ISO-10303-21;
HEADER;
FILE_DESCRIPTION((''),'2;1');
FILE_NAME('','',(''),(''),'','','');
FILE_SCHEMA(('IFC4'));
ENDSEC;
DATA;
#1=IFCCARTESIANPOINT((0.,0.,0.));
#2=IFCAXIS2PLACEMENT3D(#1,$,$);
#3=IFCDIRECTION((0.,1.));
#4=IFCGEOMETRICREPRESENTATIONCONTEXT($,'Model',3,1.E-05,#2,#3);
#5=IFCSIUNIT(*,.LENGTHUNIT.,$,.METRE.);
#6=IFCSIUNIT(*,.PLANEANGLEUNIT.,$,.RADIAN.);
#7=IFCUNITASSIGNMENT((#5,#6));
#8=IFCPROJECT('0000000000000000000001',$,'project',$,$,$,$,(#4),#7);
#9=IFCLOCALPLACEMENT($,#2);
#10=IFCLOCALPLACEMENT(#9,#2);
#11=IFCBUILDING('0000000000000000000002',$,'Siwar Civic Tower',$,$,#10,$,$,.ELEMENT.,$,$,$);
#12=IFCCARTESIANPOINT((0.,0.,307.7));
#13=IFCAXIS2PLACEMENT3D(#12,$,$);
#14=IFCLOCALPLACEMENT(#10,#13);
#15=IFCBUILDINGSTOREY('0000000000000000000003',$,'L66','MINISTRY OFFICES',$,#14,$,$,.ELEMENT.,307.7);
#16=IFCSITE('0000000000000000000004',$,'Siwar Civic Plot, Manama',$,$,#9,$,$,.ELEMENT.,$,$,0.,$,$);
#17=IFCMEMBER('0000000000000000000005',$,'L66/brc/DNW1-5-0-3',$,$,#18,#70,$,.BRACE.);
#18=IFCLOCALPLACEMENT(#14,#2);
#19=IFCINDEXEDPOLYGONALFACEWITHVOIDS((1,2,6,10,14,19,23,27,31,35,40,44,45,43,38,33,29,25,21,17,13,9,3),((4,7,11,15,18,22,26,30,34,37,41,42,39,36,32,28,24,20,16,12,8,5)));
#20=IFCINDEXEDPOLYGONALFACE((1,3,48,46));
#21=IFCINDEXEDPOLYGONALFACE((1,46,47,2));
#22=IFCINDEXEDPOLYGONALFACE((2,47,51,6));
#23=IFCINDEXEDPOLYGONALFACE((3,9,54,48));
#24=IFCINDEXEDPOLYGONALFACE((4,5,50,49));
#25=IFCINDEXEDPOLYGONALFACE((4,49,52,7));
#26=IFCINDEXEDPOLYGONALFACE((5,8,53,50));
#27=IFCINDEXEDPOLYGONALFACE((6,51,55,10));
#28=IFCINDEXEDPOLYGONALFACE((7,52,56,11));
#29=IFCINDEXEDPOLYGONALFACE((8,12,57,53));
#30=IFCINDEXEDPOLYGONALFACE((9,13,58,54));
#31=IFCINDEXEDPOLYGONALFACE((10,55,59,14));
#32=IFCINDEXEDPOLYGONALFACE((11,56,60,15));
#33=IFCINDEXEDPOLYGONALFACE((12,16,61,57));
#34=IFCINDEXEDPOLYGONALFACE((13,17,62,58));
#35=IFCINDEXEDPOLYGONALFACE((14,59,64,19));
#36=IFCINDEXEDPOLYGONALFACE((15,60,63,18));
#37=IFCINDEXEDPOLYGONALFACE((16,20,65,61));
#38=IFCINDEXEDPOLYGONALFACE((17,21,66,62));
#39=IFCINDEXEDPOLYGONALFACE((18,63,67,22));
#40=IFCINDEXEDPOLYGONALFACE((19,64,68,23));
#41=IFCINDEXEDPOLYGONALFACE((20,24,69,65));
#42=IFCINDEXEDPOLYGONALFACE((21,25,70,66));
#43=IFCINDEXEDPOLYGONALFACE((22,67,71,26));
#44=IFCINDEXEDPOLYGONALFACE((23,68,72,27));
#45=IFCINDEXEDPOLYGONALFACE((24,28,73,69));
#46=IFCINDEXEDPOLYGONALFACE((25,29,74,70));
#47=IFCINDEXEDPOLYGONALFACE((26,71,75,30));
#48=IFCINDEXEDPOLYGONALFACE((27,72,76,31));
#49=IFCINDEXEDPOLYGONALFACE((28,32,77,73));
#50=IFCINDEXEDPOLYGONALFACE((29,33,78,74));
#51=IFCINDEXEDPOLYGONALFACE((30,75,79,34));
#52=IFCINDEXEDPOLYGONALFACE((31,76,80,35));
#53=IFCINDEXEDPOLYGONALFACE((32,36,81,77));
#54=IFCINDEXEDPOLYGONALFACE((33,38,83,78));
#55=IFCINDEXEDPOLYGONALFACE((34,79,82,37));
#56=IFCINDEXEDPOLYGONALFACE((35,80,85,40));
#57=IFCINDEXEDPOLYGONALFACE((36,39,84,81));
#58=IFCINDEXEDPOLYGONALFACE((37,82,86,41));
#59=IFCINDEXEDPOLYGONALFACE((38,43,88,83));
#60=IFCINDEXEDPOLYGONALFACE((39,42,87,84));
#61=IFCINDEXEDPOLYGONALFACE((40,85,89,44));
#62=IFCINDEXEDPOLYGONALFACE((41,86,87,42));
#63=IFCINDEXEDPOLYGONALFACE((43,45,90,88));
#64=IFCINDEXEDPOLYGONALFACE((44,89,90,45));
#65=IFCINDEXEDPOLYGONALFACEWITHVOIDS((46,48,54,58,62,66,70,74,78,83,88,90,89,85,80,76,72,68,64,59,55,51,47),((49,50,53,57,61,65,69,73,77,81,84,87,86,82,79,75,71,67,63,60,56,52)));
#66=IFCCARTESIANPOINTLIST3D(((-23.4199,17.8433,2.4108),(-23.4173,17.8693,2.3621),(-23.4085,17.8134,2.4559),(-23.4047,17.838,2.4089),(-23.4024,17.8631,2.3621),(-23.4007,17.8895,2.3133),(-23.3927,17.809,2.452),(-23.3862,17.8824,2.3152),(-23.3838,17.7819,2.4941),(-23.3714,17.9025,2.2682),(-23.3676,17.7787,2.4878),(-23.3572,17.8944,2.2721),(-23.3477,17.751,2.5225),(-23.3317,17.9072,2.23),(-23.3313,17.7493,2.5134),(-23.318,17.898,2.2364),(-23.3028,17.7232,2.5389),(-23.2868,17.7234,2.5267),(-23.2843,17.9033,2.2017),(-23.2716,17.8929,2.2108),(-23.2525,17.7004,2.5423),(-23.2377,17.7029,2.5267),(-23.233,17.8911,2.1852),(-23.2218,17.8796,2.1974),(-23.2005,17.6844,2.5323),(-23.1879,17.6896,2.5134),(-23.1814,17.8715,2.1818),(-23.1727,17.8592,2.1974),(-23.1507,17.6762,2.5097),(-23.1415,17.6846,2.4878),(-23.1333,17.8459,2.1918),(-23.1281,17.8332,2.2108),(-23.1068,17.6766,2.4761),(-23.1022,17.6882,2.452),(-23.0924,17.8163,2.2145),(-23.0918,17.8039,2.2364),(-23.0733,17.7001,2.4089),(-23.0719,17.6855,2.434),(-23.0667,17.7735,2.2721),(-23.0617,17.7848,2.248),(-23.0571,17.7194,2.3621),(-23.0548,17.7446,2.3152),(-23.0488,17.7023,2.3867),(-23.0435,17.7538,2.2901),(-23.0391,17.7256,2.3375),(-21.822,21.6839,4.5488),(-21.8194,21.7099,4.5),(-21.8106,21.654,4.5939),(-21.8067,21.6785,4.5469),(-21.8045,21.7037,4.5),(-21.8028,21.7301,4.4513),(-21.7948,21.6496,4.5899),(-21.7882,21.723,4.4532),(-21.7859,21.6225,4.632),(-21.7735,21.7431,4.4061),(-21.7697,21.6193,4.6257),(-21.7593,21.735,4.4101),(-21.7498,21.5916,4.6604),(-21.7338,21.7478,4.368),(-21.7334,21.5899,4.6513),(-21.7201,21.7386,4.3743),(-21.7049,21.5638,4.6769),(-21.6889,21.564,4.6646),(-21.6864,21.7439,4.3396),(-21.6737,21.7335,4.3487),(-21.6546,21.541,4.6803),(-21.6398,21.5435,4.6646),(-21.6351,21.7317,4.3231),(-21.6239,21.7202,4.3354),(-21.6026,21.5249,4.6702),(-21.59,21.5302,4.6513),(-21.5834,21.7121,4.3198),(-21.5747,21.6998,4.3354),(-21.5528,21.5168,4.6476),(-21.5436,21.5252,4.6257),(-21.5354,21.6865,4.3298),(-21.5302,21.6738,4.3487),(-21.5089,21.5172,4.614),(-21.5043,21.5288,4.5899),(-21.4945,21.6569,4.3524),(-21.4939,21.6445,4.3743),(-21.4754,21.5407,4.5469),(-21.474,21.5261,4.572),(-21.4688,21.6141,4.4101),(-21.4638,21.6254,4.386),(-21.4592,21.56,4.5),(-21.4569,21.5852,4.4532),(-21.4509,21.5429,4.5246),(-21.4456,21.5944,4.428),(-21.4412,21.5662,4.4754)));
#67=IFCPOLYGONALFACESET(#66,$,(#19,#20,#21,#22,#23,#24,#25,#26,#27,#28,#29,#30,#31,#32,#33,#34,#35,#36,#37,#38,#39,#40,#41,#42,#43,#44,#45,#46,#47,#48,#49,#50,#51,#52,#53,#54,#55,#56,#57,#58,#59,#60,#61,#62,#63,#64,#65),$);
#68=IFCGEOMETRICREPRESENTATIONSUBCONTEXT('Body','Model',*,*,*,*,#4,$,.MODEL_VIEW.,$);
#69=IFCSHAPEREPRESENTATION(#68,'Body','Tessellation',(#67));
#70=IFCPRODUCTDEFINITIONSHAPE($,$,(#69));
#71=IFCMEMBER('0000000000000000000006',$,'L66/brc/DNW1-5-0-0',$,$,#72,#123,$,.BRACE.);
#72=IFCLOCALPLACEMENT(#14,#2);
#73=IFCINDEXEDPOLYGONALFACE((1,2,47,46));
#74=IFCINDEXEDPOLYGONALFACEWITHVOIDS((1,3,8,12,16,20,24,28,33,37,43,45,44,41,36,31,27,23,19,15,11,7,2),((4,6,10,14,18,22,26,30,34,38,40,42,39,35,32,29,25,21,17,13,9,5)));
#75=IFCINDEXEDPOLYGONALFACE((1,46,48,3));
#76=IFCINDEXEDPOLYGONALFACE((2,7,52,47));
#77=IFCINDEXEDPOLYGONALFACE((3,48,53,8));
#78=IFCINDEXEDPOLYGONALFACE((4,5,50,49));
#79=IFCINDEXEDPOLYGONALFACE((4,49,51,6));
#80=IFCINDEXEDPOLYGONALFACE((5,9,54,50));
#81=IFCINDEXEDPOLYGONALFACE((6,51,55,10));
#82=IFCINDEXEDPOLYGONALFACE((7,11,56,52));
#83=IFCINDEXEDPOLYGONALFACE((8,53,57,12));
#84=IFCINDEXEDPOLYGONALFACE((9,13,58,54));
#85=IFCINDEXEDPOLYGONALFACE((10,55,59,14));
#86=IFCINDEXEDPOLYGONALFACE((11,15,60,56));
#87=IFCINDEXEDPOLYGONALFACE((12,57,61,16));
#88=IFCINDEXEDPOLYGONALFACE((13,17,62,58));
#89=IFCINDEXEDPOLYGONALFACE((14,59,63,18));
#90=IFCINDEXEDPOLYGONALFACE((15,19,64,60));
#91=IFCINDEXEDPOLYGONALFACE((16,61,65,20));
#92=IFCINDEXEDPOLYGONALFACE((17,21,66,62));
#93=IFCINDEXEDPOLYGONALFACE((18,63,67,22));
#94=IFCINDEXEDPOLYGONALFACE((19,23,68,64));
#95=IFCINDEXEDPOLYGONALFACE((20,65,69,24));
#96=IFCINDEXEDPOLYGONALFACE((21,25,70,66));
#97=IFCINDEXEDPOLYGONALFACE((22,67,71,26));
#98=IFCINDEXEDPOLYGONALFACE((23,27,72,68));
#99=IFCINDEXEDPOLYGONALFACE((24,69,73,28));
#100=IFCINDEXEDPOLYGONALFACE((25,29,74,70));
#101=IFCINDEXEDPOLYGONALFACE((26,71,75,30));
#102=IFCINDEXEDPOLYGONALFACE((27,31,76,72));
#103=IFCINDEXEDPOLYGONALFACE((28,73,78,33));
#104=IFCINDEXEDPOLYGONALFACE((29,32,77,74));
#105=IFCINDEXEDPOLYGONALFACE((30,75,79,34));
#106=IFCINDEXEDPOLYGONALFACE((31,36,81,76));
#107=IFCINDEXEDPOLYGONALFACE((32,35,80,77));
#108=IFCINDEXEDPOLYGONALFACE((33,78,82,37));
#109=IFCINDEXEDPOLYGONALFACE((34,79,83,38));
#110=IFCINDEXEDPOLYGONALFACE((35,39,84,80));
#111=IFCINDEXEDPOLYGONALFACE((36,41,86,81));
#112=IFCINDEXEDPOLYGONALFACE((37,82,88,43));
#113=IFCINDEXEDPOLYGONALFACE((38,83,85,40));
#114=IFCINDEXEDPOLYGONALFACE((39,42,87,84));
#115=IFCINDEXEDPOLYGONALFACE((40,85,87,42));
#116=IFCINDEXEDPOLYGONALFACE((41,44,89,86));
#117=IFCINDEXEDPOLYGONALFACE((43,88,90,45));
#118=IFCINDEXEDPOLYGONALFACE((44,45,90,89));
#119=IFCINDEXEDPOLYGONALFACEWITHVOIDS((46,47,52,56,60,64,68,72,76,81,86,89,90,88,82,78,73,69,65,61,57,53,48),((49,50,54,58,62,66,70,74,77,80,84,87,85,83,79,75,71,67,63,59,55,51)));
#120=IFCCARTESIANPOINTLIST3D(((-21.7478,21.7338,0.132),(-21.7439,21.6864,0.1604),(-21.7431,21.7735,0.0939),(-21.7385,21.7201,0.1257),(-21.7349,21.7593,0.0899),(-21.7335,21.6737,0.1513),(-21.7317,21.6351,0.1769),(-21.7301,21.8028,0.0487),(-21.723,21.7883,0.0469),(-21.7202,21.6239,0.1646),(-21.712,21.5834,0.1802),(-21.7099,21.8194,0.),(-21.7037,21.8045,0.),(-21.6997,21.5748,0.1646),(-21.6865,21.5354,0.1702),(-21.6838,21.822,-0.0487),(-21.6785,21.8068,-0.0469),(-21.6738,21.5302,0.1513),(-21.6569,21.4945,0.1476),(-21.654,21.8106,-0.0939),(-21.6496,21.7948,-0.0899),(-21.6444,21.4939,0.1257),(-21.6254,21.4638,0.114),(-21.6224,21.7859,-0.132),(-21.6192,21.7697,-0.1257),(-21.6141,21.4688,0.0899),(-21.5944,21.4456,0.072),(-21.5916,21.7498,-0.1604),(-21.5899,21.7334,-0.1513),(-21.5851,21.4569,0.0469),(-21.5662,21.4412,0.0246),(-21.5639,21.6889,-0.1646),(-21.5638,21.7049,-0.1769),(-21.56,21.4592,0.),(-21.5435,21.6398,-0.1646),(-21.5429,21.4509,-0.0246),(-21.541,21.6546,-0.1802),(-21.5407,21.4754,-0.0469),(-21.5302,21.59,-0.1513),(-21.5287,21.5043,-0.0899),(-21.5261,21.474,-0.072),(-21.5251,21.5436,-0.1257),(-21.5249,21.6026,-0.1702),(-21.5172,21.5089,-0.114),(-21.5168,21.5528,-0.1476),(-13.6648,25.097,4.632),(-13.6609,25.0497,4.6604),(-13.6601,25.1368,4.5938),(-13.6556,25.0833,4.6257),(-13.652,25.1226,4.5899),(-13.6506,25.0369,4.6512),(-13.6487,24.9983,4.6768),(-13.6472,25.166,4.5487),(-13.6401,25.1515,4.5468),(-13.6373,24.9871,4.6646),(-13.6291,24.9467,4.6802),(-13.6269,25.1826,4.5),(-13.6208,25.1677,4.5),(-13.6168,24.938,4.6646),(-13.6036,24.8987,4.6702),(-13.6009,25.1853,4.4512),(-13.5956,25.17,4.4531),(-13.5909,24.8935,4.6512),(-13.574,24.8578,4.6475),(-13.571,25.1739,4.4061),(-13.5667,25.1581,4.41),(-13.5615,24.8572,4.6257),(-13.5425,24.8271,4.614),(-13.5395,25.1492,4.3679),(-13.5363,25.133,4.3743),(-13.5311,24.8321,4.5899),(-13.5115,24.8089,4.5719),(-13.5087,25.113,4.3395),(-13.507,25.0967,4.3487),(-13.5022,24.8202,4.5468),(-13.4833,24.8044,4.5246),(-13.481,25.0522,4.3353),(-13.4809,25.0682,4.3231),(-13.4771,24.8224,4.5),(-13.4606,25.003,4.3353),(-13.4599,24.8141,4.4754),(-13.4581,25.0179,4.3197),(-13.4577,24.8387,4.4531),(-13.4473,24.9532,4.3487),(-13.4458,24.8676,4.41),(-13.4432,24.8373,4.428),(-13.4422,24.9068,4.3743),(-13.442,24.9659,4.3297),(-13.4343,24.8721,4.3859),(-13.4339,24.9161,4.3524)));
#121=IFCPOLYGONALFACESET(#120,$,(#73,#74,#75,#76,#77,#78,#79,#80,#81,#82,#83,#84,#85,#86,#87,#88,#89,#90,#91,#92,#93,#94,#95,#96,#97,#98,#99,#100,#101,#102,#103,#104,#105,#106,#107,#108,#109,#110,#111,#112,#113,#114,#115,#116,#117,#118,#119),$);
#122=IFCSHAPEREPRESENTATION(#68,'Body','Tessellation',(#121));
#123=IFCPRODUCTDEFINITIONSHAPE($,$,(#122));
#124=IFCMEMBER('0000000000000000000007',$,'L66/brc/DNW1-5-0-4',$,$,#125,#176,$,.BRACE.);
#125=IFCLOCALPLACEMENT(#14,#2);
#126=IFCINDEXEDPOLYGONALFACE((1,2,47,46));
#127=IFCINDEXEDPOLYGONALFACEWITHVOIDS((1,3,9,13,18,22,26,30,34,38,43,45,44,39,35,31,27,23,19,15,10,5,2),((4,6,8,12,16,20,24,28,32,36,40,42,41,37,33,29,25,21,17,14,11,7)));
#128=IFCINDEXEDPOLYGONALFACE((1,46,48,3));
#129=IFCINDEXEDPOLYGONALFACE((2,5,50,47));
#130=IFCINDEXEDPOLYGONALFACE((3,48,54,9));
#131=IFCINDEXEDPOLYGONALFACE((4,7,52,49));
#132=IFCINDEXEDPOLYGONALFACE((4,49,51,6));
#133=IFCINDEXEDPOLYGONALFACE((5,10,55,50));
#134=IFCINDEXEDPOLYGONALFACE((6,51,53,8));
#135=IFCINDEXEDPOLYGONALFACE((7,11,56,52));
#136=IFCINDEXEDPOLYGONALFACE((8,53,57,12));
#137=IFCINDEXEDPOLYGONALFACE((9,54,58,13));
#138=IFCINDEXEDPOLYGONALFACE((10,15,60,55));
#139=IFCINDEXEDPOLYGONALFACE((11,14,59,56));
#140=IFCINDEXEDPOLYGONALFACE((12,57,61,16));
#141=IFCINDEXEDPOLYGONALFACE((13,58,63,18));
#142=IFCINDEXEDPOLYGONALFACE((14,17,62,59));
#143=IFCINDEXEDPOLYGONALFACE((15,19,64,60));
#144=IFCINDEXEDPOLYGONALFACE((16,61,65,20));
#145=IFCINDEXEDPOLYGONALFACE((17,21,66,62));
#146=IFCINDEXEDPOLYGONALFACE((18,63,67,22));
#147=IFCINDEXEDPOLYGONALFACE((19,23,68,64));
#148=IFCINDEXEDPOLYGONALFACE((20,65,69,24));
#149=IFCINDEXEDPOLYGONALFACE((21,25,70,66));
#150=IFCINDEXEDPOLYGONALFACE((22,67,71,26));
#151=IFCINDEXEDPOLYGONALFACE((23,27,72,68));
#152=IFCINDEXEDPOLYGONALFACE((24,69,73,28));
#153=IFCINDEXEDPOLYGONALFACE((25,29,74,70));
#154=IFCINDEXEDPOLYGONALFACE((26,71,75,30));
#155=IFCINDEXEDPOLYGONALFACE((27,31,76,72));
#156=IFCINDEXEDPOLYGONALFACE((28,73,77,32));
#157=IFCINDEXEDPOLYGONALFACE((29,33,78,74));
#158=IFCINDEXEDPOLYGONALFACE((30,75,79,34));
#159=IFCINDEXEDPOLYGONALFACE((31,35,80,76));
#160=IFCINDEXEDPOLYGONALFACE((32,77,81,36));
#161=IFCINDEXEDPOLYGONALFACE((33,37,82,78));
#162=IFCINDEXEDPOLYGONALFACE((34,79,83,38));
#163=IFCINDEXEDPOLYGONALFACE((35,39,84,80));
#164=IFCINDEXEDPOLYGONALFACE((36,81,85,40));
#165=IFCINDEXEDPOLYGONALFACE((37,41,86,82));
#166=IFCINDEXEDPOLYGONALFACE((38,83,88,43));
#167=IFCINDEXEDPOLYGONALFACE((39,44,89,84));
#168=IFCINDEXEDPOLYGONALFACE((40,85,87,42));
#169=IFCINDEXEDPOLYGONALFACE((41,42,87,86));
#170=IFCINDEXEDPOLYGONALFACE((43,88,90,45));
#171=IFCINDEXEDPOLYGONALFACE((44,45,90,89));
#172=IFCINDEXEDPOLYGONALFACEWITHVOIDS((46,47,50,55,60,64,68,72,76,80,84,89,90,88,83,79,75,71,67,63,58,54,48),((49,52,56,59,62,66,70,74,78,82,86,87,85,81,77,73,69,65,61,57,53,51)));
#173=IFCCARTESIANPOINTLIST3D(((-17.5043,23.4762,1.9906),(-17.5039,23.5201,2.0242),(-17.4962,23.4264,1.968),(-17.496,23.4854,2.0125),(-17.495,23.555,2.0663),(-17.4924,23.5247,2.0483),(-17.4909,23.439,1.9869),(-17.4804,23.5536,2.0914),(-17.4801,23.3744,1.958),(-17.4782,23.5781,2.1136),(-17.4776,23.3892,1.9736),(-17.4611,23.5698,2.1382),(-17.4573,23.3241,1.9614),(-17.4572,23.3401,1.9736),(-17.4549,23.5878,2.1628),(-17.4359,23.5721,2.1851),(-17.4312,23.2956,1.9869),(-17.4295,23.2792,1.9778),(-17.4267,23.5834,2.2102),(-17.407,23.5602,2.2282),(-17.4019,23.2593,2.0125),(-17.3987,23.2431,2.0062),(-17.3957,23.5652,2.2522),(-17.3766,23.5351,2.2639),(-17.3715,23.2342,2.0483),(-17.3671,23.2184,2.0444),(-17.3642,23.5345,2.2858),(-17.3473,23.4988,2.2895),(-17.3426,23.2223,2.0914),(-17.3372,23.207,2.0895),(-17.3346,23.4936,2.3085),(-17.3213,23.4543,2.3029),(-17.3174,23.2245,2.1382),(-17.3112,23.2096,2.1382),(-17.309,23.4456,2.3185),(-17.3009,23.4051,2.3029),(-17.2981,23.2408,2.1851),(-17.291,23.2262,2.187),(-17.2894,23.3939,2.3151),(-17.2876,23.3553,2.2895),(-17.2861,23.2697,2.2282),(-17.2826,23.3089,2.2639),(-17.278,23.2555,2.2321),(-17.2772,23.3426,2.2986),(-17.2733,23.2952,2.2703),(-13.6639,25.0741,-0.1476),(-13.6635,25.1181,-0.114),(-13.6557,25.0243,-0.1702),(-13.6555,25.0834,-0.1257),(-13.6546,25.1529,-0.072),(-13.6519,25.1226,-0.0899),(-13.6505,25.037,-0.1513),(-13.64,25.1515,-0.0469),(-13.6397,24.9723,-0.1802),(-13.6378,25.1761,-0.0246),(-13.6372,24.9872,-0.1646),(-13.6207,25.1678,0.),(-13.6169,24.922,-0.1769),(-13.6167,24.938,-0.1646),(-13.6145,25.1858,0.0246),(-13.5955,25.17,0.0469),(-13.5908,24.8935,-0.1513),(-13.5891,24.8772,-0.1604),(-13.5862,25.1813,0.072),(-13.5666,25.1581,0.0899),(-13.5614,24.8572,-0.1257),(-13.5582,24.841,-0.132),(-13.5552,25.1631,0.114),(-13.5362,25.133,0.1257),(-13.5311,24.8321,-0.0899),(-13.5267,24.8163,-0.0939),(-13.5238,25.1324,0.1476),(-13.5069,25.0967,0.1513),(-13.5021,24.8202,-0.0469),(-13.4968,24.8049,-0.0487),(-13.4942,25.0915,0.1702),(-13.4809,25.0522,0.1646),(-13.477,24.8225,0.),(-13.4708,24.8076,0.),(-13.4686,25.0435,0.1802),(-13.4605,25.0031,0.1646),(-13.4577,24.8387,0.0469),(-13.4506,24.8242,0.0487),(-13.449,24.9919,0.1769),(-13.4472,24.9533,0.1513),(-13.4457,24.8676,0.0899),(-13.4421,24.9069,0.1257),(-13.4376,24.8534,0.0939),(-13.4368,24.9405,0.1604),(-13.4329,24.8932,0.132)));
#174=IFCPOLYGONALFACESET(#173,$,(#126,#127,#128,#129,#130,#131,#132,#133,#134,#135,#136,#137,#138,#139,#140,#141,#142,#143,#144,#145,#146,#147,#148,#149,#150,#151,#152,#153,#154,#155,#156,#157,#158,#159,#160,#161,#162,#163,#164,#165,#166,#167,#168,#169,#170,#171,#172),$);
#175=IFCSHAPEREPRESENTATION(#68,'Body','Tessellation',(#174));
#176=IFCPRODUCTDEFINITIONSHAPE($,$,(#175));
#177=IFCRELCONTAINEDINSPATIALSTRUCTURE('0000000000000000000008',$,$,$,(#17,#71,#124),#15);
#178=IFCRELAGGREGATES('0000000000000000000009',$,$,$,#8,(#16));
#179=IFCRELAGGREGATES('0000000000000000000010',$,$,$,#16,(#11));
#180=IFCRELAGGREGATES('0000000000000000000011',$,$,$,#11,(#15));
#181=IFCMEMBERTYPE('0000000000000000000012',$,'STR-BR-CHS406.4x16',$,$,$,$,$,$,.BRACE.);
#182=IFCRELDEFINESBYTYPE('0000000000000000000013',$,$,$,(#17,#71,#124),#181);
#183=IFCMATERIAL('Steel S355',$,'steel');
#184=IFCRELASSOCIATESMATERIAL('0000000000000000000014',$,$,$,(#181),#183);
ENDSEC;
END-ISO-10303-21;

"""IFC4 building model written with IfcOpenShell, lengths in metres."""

from ifc_helpers import new_model, si_unit, direction, frame, origin, origin_2d, place, context, subcontext, project, spatial, hollow_circle, extrude, material, material_profile, profile_set, type_object, element, save


model = new_model("IFC4")

# Units and contexts
model_context = context("Model", 3, precision=1e-05, world=origin(), true_north=direction((0.0, 1.0)))
body_context = subcontext(model_context, "Body", "Model", "MODEL_VIEW")
ifc_project = project(units=[si_unit("LENGTHUNIT", "METRE"), si_unit("PLANEANGLEUNIT", "RADIAN")], contexts=[model_context])

# Site, building, storey
site_placement = place(None, origin())
site = spatial("IfcSite", under=ifc_project, at=site_placement, Name="Siwar Civic Plot, Manama", CompositionType="ELEMENT", RefElevation=0.0)
building_placement = place(site_placement, origin())
building = spatial("IfcBuilding", under=site, at=building_placement, Name="Siwar Civic Tower", CompositionType="ELEMENT")
storey_placement = place(building_placement, frame((0.0, 0.0, 307.7)))
storey = spatial("IfcBuildingStorey", under=building, at=storey_placement, Name="L66", Description="MINISTRY OFFICES", CompositionType="ELEMENT", Elevation=307.7)

# Members
ifc_material_1 = material(Name="Steel S355", Category="steel")
ifc_material_profile_1 = material_profile(ifc_material_1, hollow_circle(Radius=0.2031, WallThickness=0.0161, at=origin_2d()), Name="CHS406.4x16")
ifc_profile_set_1 = profile_set([ifc_material_profile_1], Name="Steel S355")
member_type_1 = type_object("IfcMemberType", Name="STR-BR-CHS406.4x16", PredefinedType="BRACE", material=ifc_profile_set_1)
for number, where, z_axis, x_axis, name in (
    (1, (-23.2297, 17.7913, 2.3621), (0.341653, 0.821167, 0.45712), (-0.923276, 0.384136, 0.0), "L66/brc/DNW1-5-0-3"),
):
    element("IfcMember", number, at=place(storey_placement, frame(where, z_axis=z_axis, x_axis=x_axis)), inside=storey, type_object=member_type_1, Name=name, PredefinedType="BRACE", context=body_context, shape_type="SweptSolid", body=[
        extrude(hollow_circle(Radius=0.2031, WallThickness=0.0161, at=origin_2d()), origin(), (0.0, 0.0, 1.0), 4.677),
    ])
member_1_placement = place(storey_placement, frame((-21.6318, 21.6318, 0.0), z_axis=(0.821143, 0.341671, 0.457149), x_axis=(-0.384164, 0.923265, 0.0)))
element("IfcMember", 2, at=member_1_placement, inside=storey, type_object=member_type_1, Name="L66/brc/DNW1-5-0-0", PredefinedType="BRACE", context=body_context, shape_type="SweptSolid", body=[
    extrude(hollow_circle(Radius=0.2031, WallThickness=0.0161, at=origin_2d()), origin(), (0.0, 0.0, 1.0), 9.8435),
])
for number, where, z_axis, x_axis, name in (
    (3, (-13.5488, 24.9951, 0.0), (-0.82113, -0.341659, 0.457181), (0.384157, -0.923268, 0.0), "L66/brc/DNW1-5-0-4"),
):
    element("IfcMember", number, at=place(storey_placement, frame(where, z_axis=z_axis, x_axis=x_axis)), inside=storey, type_object=member_type_1, Name=name, PredefinedType="BRACE", context=body_context, shape_type="SweptSolid", body=[
        extrude(hollow_circle(Radius=0.2031, WallThickness=0.0161, at=origin_2d()), origin(), (0.0, 0.0, 1.0), 4.677),
    ])

save(model, "model.ifc")
